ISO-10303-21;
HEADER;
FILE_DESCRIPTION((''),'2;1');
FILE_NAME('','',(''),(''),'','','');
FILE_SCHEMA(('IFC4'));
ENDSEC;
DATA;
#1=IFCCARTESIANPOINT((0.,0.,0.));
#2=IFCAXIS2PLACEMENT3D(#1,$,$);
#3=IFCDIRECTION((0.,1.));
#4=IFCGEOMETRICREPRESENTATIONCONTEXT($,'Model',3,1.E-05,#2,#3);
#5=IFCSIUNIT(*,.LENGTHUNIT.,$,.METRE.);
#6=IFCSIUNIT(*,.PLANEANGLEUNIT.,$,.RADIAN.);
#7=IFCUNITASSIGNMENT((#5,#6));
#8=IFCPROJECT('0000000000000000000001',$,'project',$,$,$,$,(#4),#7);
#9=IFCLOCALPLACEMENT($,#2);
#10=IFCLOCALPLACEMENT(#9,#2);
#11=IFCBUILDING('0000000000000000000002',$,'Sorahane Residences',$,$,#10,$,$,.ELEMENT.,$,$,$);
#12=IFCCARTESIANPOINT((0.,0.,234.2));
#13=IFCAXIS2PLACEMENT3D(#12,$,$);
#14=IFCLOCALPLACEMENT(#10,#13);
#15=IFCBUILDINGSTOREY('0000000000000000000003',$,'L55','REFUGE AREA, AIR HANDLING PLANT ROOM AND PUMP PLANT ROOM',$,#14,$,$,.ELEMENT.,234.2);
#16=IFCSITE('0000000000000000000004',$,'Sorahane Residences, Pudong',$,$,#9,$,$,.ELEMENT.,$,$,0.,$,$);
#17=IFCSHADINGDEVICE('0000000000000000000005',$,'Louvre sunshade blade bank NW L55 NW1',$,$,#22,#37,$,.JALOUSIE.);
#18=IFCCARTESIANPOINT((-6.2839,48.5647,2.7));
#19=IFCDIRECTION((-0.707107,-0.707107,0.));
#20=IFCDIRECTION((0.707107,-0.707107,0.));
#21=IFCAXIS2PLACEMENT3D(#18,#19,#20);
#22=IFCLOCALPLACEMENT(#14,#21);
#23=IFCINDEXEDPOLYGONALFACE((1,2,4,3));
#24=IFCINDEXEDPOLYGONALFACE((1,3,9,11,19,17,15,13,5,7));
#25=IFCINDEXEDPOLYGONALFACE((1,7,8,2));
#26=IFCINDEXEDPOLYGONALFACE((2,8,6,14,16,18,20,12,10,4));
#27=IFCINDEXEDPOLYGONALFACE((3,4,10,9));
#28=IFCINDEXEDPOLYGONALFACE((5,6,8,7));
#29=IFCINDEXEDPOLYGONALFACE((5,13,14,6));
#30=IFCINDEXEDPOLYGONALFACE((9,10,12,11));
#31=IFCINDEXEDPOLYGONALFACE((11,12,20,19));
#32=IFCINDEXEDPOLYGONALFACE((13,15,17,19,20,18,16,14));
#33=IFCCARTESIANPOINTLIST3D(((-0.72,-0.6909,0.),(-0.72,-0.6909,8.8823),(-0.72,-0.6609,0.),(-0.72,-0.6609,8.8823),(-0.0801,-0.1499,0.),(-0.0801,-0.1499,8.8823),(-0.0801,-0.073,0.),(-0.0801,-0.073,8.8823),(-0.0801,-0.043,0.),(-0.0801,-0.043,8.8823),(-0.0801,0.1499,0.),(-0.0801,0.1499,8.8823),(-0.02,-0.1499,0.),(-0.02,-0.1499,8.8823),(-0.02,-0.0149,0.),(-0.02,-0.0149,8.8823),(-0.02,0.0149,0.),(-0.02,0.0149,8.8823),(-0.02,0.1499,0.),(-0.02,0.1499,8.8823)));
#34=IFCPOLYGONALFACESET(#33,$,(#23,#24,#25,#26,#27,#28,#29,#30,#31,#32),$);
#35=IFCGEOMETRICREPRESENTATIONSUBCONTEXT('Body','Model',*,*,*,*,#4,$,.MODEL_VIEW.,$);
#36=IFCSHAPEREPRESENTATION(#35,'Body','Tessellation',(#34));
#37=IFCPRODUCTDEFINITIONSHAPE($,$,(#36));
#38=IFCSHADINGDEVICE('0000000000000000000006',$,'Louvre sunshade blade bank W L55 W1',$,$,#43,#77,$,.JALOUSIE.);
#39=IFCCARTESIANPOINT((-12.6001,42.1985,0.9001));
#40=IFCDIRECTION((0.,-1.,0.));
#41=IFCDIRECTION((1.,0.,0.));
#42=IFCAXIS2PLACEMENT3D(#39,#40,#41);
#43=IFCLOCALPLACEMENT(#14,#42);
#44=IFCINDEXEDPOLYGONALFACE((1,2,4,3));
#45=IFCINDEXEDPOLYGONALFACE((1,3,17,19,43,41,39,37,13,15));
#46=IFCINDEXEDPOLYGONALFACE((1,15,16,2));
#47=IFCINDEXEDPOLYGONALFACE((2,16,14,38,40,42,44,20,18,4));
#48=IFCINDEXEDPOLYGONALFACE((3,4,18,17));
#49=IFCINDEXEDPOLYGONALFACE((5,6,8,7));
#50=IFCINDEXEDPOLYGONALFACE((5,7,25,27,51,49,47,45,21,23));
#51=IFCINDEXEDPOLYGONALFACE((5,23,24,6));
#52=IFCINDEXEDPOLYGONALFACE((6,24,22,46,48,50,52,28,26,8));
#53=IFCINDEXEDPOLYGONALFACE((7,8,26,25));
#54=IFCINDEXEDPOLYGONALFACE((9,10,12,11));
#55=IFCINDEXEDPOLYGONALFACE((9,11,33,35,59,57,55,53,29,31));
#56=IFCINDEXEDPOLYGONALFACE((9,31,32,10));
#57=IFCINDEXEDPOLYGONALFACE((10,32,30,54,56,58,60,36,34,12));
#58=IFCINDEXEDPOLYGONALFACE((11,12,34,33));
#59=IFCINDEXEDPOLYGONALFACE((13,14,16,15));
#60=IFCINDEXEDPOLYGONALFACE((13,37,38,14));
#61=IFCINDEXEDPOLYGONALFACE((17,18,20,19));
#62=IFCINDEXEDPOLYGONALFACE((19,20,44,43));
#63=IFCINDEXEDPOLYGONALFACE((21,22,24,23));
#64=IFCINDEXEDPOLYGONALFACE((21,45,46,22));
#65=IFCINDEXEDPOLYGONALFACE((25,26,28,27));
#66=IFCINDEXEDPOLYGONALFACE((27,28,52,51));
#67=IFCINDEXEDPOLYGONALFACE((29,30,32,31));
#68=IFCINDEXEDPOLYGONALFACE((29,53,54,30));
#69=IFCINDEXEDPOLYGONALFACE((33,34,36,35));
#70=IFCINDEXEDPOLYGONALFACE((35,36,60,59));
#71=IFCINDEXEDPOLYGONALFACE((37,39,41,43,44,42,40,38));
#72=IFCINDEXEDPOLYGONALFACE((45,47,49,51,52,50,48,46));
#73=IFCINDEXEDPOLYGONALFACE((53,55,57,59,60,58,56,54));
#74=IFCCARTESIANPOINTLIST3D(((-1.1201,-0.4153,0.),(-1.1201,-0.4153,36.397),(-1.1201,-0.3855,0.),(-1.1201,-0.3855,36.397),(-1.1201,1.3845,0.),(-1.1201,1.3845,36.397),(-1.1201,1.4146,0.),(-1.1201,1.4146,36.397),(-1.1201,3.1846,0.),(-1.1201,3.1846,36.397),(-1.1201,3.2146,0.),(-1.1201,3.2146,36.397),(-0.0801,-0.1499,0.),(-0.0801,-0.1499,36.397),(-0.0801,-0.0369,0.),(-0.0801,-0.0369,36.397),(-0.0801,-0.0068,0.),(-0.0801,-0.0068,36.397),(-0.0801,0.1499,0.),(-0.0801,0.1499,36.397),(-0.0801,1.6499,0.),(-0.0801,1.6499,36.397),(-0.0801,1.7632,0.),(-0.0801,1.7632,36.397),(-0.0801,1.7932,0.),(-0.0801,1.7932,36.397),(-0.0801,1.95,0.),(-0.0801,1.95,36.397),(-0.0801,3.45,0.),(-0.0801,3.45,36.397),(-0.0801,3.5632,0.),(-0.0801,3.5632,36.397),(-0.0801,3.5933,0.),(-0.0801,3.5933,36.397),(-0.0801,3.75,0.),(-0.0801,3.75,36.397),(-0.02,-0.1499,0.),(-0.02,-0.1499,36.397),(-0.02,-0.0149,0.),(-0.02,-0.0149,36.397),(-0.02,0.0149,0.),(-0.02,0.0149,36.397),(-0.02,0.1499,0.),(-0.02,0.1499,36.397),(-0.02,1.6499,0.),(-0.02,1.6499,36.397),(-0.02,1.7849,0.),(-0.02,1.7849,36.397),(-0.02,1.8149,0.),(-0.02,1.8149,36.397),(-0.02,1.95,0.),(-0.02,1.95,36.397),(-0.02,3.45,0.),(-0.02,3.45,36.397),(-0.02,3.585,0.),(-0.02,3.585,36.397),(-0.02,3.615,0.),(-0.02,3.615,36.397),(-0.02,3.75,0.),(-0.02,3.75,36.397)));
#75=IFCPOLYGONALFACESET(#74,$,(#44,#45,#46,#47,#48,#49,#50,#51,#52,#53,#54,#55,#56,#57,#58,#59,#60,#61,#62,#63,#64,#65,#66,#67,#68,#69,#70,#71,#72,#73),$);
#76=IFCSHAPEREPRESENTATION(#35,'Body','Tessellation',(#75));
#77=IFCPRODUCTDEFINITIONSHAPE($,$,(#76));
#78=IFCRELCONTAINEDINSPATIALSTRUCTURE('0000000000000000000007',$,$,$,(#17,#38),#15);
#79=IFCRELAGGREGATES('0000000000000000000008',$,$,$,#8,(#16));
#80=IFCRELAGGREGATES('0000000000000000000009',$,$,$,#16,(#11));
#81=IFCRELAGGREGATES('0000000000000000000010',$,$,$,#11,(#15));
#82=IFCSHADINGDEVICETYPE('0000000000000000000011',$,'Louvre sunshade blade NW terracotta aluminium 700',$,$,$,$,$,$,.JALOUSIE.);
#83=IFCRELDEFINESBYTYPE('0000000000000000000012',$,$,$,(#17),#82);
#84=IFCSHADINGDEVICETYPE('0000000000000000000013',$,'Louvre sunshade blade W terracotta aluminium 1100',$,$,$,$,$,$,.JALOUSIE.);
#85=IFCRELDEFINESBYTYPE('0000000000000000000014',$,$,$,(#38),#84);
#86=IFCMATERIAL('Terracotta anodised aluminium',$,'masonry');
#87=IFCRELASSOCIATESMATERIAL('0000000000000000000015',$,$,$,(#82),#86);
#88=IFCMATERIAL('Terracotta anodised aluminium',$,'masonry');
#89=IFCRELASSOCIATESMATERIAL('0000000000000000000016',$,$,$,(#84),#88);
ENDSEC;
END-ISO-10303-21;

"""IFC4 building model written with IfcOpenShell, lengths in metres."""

from ifc_helpers import new_model, si_unit, direction, frame, origin, place, context, subcontext, project, spatial, polyline, outline, composite_profile, extrude, material, type_object, element, save


model = new_model("IFC4")

# Units and contexts
model_context = context("Model", 3, precision=1e-05, world=origin(), true_north=direction((0.0, 1.0)))
body_context = subcontext(model_context, "Body", "Model", "MODEL_VIEW")
ifc_project = project(units=[si_unit("LENGTHUNIT", "METRE"), si_unit("PLANEANGLEUNIT", "RADIAN")], contexts=[model_context])

# Site, building, storey
site_placement = place(None, origin())
site = spatial("IfcSite", under=ifc_project, at=site_placement, Name="Sorahane Residences, Pudong", CompositionType="ELEMENT", RefElevation=0.0)
building_placement = place(site_placement, origin())
building = spatial("IfcBuilding", under=site, at=building_placement, Name="Sorahane Residences", CompositionType="ELEMENT")
storey_placement = place(building_placement, frame((0.0, 0.0, 234.2)))
storey = spatial("IfcBuildingStorey", under=building, at=storey_placement, Name="L55", Description="REFUGE AREA, AIR HANDLING PLANT ROOM AND PUMP PLANT ROOM", CompositionType="ELEMENT", Elevation=234.2)

# Shading devices
ifc_material_1 = material(Name="Terracotta anodised aluminium", Category="masonry")
shading_device_type_1 = type_object("IfcShadingDeviceType", Name="Louvre sunshade blade NW terracotta aluminium 700", PredefinedType="JALOUSIE", material=ifc_material_1)
shading_device_1_placement = place(storey_placement, frame((-6.2839, 48.5647, 2.7), z_axis=(-0.707107, -0.707107, 0.0), x_axis=(0.707107, -0.707107, 0.0)))
element("IfcShadingDevice", 1, at=shading_device_1_placement, inside=storey, type_object=shading_device_type_1, Name="Louvre sunshade blade bank NW L55 NW1", PredefinedType="JALOUSIE", context=body_context, shape_type="SweptSolid", body=[
    extrude(outline(polyline([(-0.72, -0.6609), (-0.72, -0.6909), (-0.0801, -0.073), (-0.0801, -0.1499), (-0.02, -0.1499), (-0.02, -0.0149), (-0.02, 0.0149), (-0.02, 0.1499), (-0.0801, 0.1499), (-0.0801, -0.043), (-0.72, -0.6609)])), origin(), (0.0, 0.0, 1.0), 8.8823),
])
ifc_material_2 = material(Name="Terracotta anodised aluminium", Category="masonry")
shading_device_type_2 = type_object("IfcShadingDeviceType", Name="Louvre sunshade blade W terracotta aluminium 1100", PredefinedType="JALOUSIE", material=ifc_material_2)
shading_device_2_placement = place(storey_placement, frame((-12.6001, 42.1985, 0.9001), z_axis=(0.0, -1.0, 0.0), x_axis=(1.0, 0.0, 0.0)))
element("IfcShadingDevice", 2, at=shading_device_2_placement, inside=storey, type_object=shading_device_type_2, Name="Louvre sunshade blade bank W L55 W1", PredefinedType="JALOUSIE", context=body_context, shape_type="SweptSolid", body=[
    extrude(composite_profile([outline(polyline([(-1.1201, -0.3855), (-1.1201, -0.4153), (-0.0801, -0.0369), (-0.0801, -0.1499), (-0.02, -0.1499), (-0.02, -0.0149), (-0.02, 0.0149), (-0.02, 0.1499), (-0.0801, 0.1499), (-0.0801, -0.0068), (-1.1201, -0.3855)])), outline(polyline([(-1.1201, 1.4146), (-1.1201, 1.3845), (-0.0801, 1.7632), (-0.0801, 1.6499), (-0.02, 1.6499), (-0.02, 1.7849), (-0.02, 1.8149), (-0.02, 1.95), (-0.0801, 1.95), (-0.0801, 1.7932), (-1.1201, 1.4146)])), outline(polyline([(-1.1201, 3.2146), (-1.1201, 3.1846), (-0.0801, 3.5632), (-0.0801, 3.45), (-0.02, 3.45), (-0.02, 3.585), (-0.02, 3.615), (-0.02, 3.75), (-0.0801, 3.75), (-0.0801, 3.5933), (-1.1201, 3.2146)]))]), origin(), (0.0, 0.0, 1.0), 36.397),
])

save(model, "model.ifc")
